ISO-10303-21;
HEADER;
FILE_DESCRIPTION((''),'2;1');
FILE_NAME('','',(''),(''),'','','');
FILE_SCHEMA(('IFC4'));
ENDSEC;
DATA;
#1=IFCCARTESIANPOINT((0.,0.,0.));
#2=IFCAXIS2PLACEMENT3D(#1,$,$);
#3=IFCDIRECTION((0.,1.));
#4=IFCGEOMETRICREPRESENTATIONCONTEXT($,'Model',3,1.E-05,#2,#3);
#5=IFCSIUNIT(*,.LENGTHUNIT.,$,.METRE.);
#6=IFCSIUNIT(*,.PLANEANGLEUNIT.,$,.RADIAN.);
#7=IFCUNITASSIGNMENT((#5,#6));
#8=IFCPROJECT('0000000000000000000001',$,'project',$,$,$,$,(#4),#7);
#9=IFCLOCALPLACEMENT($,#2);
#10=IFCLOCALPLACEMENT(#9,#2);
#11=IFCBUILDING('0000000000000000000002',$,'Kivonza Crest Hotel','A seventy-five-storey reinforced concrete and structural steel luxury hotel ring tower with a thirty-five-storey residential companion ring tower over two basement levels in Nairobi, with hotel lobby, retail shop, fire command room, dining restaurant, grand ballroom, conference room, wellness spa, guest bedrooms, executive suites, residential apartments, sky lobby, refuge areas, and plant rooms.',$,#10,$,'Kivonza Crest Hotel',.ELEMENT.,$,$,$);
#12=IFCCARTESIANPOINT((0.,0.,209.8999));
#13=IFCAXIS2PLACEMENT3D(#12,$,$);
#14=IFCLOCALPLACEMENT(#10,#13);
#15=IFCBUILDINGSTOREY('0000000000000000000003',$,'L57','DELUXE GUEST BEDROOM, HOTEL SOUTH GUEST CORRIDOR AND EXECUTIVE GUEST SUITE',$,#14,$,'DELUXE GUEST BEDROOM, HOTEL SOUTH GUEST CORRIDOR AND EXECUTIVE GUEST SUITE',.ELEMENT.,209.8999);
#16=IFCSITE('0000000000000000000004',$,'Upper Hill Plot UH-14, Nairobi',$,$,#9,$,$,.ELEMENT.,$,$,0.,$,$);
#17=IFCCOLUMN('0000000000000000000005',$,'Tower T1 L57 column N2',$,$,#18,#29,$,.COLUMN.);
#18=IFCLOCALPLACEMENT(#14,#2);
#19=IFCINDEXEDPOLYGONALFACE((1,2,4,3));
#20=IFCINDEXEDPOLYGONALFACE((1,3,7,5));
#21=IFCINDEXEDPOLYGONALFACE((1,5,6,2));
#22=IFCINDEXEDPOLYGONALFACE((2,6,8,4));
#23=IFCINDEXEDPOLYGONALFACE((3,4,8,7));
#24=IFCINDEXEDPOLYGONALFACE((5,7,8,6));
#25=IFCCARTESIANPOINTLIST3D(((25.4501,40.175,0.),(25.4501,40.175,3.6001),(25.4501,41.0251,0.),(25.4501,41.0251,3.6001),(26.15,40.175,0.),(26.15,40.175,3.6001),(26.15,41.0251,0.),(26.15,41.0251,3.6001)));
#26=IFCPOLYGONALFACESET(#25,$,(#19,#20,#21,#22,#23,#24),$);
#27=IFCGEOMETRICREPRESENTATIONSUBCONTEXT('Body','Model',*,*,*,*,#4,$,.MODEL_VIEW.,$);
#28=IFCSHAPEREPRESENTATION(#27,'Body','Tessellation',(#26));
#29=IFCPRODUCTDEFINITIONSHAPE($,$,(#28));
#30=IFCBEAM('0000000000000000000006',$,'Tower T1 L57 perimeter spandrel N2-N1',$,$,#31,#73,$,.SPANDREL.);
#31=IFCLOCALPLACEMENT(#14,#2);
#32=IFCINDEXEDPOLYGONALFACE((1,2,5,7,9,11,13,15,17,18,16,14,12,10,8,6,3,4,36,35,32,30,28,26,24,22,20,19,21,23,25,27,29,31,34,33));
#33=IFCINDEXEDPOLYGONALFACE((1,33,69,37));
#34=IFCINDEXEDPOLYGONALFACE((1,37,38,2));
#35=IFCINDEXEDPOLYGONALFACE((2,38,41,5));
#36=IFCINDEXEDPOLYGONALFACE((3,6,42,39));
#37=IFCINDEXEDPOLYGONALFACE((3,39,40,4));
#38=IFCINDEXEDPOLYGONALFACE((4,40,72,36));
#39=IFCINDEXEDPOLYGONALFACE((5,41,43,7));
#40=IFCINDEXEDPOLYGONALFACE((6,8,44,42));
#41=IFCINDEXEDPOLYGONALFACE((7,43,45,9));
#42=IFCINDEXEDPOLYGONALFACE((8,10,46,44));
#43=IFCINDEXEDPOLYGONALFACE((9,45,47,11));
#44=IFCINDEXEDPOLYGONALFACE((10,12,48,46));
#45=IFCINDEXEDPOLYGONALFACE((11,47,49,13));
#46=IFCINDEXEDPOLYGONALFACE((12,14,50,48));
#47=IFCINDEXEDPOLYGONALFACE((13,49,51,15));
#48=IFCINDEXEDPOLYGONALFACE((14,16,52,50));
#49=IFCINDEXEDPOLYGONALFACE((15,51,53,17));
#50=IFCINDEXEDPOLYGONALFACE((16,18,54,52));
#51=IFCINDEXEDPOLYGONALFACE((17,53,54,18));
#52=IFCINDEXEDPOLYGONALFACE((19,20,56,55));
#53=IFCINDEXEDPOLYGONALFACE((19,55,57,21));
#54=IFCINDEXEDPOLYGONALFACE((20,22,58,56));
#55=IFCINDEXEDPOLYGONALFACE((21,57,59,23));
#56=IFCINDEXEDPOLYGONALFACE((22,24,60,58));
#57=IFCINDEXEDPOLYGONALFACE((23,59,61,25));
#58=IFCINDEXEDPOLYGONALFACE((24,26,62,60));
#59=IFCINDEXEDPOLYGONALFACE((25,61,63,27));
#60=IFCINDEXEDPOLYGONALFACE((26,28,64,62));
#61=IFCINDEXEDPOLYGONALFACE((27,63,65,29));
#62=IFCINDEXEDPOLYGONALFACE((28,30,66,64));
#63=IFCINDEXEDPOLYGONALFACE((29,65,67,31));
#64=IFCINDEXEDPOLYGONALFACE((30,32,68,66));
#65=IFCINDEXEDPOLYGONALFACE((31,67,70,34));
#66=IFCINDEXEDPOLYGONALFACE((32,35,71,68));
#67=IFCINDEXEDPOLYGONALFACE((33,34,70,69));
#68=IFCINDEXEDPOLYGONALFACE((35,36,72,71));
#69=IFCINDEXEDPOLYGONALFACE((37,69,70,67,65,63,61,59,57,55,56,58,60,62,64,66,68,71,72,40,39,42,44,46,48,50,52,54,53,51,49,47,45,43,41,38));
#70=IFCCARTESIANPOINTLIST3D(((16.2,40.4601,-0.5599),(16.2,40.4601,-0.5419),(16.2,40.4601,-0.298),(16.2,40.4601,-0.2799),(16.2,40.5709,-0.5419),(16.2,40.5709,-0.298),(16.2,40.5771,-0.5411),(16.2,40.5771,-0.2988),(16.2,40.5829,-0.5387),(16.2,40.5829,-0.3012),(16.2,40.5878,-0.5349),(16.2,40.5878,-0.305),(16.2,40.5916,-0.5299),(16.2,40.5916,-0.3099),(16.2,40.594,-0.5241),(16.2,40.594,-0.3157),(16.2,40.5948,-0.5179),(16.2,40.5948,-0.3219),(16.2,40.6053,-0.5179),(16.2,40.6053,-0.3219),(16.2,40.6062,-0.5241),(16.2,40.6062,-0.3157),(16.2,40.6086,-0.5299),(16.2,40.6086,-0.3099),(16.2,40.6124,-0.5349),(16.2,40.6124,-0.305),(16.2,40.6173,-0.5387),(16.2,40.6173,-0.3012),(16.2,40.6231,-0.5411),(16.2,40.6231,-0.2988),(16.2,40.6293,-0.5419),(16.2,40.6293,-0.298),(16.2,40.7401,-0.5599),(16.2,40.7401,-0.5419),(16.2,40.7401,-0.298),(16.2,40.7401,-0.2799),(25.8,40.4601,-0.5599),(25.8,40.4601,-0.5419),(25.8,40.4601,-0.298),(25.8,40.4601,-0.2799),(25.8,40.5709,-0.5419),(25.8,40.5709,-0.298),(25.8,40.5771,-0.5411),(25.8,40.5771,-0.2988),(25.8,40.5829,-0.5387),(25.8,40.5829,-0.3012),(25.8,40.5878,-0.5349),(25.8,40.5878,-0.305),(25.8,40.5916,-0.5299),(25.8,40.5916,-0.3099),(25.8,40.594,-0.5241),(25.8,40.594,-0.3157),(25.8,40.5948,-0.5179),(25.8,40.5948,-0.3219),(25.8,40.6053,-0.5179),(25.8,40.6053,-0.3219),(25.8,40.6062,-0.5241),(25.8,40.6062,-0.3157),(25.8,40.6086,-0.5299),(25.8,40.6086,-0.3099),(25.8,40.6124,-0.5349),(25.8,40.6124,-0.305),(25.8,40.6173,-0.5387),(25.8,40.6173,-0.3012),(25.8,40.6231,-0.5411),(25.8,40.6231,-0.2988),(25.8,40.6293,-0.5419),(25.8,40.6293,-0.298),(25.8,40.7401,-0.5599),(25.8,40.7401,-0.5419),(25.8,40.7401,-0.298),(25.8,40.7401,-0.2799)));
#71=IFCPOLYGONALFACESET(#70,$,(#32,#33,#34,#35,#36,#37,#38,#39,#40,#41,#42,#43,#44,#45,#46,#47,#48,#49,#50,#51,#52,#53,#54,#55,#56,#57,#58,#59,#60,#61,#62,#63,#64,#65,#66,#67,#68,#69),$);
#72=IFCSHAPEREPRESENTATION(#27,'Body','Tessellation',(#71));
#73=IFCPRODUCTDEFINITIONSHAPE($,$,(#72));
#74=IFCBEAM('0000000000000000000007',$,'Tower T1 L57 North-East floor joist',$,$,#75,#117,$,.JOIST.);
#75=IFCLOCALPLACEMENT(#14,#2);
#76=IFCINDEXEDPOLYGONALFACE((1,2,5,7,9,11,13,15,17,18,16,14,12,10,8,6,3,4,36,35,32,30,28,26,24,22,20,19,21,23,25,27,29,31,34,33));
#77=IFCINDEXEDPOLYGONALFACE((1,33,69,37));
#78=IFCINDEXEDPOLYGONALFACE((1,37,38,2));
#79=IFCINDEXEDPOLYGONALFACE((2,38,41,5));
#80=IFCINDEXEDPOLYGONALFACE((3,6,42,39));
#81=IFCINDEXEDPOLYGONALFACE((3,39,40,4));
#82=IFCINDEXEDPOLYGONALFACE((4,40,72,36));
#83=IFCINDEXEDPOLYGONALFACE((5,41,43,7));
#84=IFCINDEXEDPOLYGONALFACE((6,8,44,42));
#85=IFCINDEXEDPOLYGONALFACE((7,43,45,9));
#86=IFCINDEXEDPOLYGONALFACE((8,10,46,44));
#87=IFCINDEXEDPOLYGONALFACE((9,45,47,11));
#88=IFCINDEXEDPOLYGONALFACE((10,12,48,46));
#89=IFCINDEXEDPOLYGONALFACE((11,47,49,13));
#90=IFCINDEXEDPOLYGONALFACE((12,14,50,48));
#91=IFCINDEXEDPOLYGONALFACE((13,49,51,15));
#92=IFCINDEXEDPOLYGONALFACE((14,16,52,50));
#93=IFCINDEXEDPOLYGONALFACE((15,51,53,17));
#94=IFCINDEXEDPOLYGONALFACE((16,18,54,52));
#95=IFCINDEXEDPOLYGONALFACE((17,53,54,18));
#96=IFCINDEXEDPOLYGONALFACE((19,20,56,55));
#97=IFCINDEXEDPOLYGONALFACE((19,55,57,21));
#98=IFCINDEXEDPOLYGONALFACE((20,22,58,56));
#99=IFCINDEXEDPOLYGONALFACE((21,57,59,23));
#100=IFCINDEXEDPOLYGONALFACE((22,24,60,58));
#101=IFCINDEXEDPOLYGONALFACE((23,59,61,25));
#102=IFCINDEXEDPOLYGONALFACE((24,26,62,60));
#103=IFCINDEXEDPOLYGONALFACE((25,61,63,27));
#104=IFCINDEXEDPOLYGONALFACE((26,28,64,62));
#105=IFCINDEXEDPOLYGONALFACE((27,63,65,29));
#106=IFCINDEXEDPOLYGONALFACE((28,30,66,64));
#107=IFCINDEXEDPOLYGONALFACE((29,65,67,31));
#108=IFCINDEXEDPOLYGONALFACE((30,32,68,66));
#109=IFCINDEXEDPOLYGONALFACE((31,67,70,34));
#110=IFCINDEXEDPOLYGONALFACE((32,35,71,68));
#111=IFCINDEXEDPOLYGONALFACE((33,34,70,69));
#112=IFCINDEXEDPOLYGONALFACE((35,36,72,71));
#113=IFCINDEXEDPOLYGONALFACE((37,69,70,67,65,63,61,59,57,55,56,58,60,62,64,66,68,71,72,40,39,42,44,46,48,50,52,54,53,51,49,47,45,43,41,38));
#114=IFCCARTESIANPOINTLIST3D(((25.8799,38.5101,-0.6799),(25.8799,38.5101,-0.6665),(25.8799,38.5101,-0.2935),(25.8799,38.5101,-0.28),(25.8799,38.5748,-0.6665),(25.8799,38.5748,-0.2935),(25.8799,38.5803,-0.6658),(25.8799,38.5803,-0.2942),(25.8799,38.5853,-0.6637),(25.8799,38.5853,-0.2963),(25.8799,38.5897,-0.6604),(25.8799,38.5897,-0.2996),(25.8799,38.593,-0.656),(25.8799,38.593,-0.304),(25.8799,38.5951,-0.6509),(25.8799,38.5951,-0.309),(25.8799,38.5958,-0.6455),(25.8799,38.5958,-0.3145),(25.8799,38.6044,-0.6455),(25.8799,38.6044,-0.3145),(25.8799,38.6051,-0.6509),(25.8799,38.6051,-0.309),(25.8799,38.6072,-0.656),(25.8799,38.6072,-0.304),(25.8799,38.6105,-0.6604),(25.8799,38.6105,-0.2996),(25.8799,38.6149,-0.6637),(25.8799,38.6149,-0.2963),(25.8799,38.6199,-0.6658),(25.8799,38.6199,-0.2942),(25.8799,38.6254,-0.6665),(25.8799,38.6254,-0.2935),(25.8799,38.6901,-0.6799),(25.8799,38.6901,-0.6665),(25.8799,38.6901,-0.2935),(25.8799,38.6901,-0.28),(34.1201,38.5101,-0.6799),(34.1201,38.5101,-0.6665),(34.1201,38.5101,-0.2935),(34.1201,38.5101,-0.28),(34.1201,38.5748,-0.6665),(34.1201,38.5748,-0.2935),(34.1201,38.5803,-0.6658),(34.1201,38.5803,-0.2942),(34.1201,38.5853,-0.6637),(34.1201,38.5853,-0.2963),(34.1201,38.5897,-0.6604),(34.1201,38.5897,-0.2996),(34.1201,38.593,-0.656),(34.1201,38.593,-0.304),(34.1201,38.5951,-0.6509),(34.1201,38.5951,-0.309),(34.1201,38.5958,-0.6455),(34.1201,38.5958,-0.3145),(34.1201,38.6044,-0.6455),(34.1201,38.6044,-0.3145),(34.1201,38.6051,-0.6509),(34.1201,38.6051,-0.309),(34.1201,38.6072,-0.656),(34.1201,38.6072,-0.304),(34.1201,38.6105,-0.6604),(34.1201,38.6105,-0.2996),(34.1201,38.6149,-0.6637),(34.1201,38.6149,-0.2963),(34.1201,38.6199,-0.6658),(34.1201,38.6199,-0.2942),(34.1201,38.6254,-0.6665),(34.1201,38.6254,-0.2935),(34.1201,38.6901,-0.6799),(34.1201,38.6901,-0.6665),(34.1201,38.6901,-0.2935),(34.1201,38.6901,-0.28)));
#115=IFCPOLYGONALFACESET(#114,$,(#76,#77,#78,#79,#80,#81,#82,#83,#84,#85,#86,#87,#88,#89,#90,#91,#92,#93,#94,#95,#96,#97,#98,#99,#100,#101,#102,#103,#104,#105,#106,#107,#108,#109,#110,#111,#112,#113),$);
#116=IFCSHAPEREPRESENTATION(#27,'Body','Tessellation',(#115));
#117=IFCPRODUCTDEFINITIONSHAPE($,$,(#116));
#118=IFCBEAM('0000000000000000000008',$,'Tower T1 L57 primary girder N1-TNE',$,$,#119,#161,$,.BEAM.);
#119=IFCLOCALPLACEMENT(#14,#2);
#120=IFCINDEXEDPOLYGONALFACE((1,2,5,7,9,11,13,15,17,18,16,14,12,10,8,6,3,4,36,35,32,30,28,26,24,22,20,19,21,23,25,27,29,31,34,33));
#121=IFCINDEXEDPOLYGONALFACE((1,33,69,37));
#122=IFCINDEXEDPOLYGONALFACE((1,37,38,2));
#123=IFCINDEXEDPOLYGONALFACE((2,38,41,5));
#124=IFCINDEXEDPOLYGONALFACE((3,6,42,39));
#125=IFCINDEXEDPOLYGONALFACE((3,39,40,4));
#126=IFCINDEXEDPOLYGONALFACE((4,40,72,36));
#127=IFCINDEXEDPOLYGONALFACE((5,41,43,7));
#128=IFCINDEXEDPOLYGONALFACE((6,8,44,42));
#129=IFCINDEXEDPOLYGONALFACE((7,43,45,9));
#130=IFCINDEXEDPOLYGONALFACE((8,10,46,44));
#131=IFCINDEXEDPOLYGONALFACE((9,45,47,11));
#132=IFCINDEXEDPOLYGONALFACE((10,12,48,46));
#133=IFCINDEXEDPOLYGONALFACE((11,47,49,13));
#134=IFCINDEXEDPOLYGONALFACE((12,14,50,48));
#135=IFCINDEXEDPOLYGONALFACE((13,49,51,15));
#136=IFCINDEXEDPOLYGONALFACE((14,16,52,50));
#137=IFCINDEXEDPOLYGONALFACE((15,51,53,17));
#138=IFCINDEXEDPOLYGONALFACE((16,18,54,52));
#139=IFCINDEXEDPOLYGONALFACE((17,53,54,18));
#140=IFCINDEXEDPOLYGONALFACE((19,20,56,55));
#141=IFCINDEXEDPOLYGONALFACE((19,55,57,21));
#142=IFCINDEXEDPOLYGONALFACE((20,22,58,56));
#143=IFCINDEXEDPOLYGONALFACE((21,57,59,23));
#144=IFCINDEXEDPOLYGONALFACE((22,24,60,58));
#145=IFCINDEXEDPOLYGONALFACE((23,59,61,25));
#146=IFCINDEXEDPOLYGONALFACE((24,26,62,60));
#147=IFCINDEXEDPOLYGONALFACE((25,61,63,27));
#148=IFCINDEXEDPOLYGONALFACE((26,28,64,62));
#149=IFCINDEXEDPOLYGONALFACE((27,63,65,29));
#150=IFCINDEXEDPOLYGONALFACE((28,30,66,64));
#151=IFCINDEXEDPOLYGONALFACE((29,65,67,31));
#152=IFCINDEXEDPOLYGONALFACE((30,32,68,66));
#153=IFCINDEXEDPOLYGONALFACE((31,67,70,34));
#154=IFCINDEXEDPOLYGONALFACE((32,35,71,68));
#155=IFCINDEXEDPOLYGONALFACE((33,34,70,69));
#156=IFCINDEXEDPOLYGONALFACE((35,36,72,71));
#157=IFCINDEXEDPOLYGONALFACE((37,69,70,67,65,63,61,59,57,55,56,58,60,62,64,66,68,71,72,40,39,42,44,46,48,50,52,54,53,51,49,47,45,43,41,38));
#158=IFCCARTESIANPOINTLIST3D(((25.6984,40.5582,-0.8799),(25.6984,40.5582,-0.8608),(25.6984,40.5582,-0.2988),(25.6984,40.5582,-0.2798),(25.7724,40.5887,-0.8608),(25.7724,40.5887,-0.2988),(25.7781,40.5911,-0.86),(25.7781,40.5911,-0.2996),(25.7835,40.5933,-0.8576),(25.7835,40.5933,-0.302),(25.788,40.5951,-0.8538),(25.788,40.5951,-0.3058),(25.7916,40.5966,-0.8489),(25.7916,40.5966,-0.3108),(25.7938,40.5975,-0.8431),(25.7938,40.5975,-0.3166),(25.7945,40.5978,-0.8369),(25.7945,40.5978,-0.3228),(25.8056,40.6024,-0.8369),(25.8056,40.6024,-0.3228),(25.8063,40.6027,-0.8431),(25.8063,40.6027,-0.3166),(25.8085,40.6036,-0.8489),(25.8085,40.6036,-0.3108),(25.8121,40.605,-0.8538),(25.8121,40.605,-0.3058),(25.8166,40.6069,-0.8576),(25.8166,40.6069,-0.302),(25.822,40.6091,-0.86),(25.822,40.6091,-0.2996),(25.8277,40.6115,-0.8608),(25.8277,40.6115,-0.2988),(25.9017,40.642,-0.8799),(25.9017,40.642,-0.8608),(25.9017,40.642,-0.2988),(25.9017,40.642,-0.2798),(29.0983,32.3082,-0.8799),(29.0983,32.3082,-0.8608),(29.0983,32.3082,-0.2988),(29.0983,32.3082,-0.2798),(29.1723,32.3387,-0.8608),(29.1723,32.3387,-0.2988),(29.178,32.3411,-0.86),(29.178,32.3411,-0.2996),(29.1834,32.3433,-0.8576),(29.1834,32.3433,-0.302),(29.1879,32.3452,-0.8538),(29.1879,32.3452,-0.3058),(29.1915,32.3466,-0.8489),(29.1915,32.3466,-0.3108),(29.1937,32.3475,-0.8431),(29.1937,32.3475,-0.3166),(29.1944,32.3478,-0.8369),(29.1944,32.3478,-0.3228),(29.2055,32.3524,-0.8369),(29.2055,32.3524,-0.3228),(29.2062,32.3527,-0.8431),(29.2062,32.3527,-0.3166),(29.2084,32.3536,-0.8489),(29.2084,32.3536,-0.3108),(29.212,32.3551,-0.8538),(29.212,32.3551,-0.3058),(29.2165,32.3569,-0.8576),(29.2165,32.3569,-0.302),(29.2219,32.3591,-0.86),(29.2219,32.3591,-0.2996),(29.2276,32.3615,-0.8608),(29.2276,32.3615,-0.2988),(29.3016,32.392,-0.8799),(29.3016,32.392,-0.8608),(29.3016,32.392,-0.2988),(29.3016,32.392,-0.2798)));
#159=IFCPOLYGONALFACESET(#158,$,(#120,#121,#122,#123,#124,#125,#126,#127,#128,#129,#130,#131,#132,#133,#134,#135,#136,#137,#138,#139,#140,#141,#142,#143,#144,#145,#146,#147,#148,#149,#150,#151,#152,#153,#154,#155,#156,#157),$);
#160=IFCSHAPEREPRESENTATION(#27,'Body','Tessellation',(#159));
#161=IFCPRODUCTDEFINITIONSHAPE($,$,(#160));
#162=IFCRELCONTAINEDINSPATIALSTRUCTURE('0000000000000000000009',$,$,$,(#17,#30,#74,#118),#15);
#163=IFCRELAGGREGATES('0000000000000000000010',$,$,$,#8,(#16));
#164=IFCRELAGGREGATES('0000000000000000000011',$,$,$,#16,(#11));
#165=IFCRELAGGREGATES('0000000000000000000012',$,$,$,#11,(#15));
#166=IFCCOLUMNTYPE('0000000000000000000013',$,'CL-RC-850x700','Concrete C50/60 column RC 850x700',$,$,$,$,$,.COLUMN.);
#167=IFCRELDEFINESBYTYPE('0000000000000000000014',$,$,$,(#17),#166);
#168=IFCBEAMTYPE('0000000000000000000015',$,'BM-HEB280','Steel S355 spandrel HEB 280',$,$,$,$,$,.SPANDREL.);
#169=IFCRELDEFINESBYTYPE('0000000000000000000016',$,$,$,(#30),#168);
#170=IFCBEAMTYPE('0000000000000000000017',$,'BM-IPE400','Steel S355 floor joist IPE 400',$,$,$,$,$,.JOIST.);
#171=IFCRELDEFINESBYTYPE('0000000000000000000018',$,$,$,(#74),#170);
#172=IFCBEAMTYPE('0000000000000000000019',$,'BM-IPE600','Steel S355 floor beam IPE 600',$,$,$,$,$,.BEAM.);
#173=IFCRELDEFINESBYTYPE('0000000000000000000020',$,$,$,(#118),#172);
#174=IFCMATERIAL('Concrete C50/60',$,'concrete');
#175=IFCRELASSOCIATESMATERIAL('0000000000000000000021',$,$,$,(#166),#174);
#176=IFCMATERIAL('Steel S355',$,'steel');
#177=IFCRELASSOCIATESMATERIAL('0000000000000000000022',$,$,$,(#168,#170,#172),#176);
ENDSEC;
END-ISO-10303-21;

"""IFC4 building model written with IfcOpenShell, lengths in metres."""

from ifc_helpers import new_model, si_unit, direction, frame, origin, origin_2d, place, context, subcontext, project, spatial, rectangle, i_section, extrude, material, material_profile, profile_set, type_object, element, save


model = new_model("IFC4")

# Units and contexts
model_context = context("Model", 3, precision=1e-05, world=origin(), true_north=direction((0.0, 1.0)))
body_context = subcontext(model_context, "Body", "Model", "MODEL_VIEW")
ifc_project = project(units=[si_unit("LENGTHUNIT", "METRE"), si_unit("PLANEANGLEUNIT", "RADIAN")], contexts=[model_context])

# Site, building, storey
site_placement = place(None, origin())
site = spatial("IfcSite", under=ifc_project, at=site_placement, Name="Upper Hill Plot UH-14, Nairobi", CompositionType="ELEMENT", RefElevation=0.0)
building_placement = place(site_placement, origin())
building = spatial("IfcBuilding", under=site, at=building_placement, Name="Kivonza Crest Hotel", Description="A seventy-five-storey reinforced concrete and structural steel luxury hotel ring tower with a thirty-five-storey residential companion ring tower over two basement levels in Nairobi, with hotel lobby, retail shop, fire command room, dining restaurant, grand ballroom, conference room, wellness spa, guest bedrooms, executive suites, residential apartments, sky lobby, refuge areas, and plant rooms.", LongName="Kivonza Crest Hotel", CompositionType="ELEMENT")
storey_placement = place(building_placement, frame((0.0, 0.0, 209.8999)))
storey = spatial("IfcBuildingStorey", under=building, at=storey_placement, Name="L57", Description="DELUXE GUEST BEDROOM, HOTEL SOUTH GUEST CORRIDOR AND EXECUTIVE GUEST SUITE", LongName="DELUXE GUEST BEDROOM, HOTEL SOUTH GUEST CORRIDOR AND EXECUTIVE GUEST SUITE", CompositionType="ELEMENT", Elevation=209.8999)

# Column
ifc_material_1 = material(Name="Concrete C50/60", Category="concrete")
ifc_material_profile_1 = material_profile(ifc_material_1, rectangle(XDim=0.7, YDim=0.8501, at=origin_2d()), Name="RC 850x700")
ifc_profile_set_1 = profile_set([ifc_material_profile_1], Name="Concrete C50/60")
column_type = type_object("IfcColumnType", Name="CL-RC-850x700", Description="Concrete C50/60 column RC 850x700", PredefinedType="COLUMN", material=ifc_profile_set_1)
column_placement = place(storey_placement, frame((25.8, 40.6001, 0.0), z_axis=(0.0, 0.0, 1.0), x_axis=(1.0, 0.0, 0.0)))
element("IfcColumn", 1, at=column_placement, inside=storey, type_object=column_type, Name="Tower T1 L57 column N2", PredefinedType="COLUMN", context=body_context, shape_type="SweptSolid", body=[
    extrude(rectangle(XDim=0.7, YDim=0.8501, at=origin_2d()), origin(), (0.0, 0.0, 1.0), 3.6001),
])

# Beams
ifc_material_2 = material(Name="Steel S355", Category="steel")
ifc_material_profile_2 = material_profile(ifc_material_2, i_section(OverallWidth=0.28, OverallDepth=0.28, WebThickness=0.0105, FlangeThickness=0.0181, FilletRadius=0.0239, at=origin_2d()), Name="HEB 280")
ifc_profile_set_2 = profile_set([ifc_material_profile_2], Name="Steel S355")
beam_type_1 = type_object("IfcBeamType", Name="BM-HEB280", Description="Steel S355 spandrel HEB 280", PredefinedType="SPANDREL", material=ifc_profile_set_2)
beam_1_placement = place(storey_placement, frame((25.8, 40.6001, -0.4199), z_axis=(-1.0, 0.0, 0.0), x_axis=(0.0, -1.0, 0.0)))
element("IfcBeam", 2, at=beam_1_placement, inside=storey, type_object=beam_type_1, Name="Tower T1 L57 perimeter spandrel N2-N1", PredefinedType="SPANDREL", context=body_context, shape_type="SweptSolid", body=[
    extrude(i_section(OverallWidth=0.28, OverallDepth=0.28, WebThickness=0.0105, FlangeThickness=0.0181, FilletRadius=0.0239, at=origin_2d()), origin(), (0.0, 0.0, 1.0), 9.6001),
])
ifc_material_profile_3 = material_profile(ifc_material_2, i_section(OverallWidth=0.1799, OverallDepth=0.3999, WebThickness=0.0085, FlangeThickness=0.0134, FilletRadius=0.021, at=origin_2d()), Name="IPE 400")
ifc_profile_set_3 = profile_set([ifc_material_profile_3], Name="Steel S355")
beam_type_2 = type_object("IfcBeamType", Name="BM-IPE400", Description="Steel S355 floor joist IPE 400", PredefinedType="JOIST", material=ifc_profile_set_3)
beam_2_placement = place(storey_placement, frame((25.8799, 38.6001, -0.48), z_axis=(1.0, 0.0, 0.0), x_axis=(0.0, 1.0, 0.0)))
element("IfcBeam", 3, at=beam_2_placement, inside=storey, type_object=beam_type_2, Name="Tower T1 L57 North-East floor joist", PredefinedType="JOIST", context=body_context, shape_type="SweptSolid", body=[
    extrude(i_section(OverallWidth=0.1799, OverallDepth=0.3999, WebThickness=0.0085, FlangeThickness=0.0134, FilletRadius=0.021, at=origin_2d()), origin(), (0.0, 0.0, 1.0), 8.2402),
])
ifc_material_profile_4 = material_profile(ifc_material_2, i_section(OverallWidth=0.22, OverallDepth=0.6001, WebThickness=0.012, FlangeThickness=0.019, FilletRadius=0.0239, at=origin_2d()), Name="IPE 600")
ifc_profile_set_4 = profile_set([ifc_material_profile_4], Name="Steel S355")
beam_type_3 = type_object("IfcBeamType", Name="BM-IPE600", Description="Steel S355 floor beam IPE 600", PredefinedType="BEAM", material=ifc_profile_set_4)
beam_3_placement = place(storey_placement, frame((25.8, 40.6001, -0.5798), z_axis=(0.381022, -0.924566, 0.0), x_axis=(0.924566, 0.381022, 0.0)))
element("IfcBeam", 4, at=beam_3_placement, inside=storey, type_object=beam_type_3, Name="Tower T1 L57 primary girder N1-TNE", PredefinedType="BEAM", context=body_context, shape_type="SweptSolid", body=[
    extrude(i_section(OverallWidth=0.22, OverallDepth=0.6001, WebThickness=0.012, FlangeThickness=0.019, FilletRadius=0.0239, at=origin_2d()), origin(), (0.0, 0.0, 1.0), 8.9231),
])

save(model, "model.ifc")
